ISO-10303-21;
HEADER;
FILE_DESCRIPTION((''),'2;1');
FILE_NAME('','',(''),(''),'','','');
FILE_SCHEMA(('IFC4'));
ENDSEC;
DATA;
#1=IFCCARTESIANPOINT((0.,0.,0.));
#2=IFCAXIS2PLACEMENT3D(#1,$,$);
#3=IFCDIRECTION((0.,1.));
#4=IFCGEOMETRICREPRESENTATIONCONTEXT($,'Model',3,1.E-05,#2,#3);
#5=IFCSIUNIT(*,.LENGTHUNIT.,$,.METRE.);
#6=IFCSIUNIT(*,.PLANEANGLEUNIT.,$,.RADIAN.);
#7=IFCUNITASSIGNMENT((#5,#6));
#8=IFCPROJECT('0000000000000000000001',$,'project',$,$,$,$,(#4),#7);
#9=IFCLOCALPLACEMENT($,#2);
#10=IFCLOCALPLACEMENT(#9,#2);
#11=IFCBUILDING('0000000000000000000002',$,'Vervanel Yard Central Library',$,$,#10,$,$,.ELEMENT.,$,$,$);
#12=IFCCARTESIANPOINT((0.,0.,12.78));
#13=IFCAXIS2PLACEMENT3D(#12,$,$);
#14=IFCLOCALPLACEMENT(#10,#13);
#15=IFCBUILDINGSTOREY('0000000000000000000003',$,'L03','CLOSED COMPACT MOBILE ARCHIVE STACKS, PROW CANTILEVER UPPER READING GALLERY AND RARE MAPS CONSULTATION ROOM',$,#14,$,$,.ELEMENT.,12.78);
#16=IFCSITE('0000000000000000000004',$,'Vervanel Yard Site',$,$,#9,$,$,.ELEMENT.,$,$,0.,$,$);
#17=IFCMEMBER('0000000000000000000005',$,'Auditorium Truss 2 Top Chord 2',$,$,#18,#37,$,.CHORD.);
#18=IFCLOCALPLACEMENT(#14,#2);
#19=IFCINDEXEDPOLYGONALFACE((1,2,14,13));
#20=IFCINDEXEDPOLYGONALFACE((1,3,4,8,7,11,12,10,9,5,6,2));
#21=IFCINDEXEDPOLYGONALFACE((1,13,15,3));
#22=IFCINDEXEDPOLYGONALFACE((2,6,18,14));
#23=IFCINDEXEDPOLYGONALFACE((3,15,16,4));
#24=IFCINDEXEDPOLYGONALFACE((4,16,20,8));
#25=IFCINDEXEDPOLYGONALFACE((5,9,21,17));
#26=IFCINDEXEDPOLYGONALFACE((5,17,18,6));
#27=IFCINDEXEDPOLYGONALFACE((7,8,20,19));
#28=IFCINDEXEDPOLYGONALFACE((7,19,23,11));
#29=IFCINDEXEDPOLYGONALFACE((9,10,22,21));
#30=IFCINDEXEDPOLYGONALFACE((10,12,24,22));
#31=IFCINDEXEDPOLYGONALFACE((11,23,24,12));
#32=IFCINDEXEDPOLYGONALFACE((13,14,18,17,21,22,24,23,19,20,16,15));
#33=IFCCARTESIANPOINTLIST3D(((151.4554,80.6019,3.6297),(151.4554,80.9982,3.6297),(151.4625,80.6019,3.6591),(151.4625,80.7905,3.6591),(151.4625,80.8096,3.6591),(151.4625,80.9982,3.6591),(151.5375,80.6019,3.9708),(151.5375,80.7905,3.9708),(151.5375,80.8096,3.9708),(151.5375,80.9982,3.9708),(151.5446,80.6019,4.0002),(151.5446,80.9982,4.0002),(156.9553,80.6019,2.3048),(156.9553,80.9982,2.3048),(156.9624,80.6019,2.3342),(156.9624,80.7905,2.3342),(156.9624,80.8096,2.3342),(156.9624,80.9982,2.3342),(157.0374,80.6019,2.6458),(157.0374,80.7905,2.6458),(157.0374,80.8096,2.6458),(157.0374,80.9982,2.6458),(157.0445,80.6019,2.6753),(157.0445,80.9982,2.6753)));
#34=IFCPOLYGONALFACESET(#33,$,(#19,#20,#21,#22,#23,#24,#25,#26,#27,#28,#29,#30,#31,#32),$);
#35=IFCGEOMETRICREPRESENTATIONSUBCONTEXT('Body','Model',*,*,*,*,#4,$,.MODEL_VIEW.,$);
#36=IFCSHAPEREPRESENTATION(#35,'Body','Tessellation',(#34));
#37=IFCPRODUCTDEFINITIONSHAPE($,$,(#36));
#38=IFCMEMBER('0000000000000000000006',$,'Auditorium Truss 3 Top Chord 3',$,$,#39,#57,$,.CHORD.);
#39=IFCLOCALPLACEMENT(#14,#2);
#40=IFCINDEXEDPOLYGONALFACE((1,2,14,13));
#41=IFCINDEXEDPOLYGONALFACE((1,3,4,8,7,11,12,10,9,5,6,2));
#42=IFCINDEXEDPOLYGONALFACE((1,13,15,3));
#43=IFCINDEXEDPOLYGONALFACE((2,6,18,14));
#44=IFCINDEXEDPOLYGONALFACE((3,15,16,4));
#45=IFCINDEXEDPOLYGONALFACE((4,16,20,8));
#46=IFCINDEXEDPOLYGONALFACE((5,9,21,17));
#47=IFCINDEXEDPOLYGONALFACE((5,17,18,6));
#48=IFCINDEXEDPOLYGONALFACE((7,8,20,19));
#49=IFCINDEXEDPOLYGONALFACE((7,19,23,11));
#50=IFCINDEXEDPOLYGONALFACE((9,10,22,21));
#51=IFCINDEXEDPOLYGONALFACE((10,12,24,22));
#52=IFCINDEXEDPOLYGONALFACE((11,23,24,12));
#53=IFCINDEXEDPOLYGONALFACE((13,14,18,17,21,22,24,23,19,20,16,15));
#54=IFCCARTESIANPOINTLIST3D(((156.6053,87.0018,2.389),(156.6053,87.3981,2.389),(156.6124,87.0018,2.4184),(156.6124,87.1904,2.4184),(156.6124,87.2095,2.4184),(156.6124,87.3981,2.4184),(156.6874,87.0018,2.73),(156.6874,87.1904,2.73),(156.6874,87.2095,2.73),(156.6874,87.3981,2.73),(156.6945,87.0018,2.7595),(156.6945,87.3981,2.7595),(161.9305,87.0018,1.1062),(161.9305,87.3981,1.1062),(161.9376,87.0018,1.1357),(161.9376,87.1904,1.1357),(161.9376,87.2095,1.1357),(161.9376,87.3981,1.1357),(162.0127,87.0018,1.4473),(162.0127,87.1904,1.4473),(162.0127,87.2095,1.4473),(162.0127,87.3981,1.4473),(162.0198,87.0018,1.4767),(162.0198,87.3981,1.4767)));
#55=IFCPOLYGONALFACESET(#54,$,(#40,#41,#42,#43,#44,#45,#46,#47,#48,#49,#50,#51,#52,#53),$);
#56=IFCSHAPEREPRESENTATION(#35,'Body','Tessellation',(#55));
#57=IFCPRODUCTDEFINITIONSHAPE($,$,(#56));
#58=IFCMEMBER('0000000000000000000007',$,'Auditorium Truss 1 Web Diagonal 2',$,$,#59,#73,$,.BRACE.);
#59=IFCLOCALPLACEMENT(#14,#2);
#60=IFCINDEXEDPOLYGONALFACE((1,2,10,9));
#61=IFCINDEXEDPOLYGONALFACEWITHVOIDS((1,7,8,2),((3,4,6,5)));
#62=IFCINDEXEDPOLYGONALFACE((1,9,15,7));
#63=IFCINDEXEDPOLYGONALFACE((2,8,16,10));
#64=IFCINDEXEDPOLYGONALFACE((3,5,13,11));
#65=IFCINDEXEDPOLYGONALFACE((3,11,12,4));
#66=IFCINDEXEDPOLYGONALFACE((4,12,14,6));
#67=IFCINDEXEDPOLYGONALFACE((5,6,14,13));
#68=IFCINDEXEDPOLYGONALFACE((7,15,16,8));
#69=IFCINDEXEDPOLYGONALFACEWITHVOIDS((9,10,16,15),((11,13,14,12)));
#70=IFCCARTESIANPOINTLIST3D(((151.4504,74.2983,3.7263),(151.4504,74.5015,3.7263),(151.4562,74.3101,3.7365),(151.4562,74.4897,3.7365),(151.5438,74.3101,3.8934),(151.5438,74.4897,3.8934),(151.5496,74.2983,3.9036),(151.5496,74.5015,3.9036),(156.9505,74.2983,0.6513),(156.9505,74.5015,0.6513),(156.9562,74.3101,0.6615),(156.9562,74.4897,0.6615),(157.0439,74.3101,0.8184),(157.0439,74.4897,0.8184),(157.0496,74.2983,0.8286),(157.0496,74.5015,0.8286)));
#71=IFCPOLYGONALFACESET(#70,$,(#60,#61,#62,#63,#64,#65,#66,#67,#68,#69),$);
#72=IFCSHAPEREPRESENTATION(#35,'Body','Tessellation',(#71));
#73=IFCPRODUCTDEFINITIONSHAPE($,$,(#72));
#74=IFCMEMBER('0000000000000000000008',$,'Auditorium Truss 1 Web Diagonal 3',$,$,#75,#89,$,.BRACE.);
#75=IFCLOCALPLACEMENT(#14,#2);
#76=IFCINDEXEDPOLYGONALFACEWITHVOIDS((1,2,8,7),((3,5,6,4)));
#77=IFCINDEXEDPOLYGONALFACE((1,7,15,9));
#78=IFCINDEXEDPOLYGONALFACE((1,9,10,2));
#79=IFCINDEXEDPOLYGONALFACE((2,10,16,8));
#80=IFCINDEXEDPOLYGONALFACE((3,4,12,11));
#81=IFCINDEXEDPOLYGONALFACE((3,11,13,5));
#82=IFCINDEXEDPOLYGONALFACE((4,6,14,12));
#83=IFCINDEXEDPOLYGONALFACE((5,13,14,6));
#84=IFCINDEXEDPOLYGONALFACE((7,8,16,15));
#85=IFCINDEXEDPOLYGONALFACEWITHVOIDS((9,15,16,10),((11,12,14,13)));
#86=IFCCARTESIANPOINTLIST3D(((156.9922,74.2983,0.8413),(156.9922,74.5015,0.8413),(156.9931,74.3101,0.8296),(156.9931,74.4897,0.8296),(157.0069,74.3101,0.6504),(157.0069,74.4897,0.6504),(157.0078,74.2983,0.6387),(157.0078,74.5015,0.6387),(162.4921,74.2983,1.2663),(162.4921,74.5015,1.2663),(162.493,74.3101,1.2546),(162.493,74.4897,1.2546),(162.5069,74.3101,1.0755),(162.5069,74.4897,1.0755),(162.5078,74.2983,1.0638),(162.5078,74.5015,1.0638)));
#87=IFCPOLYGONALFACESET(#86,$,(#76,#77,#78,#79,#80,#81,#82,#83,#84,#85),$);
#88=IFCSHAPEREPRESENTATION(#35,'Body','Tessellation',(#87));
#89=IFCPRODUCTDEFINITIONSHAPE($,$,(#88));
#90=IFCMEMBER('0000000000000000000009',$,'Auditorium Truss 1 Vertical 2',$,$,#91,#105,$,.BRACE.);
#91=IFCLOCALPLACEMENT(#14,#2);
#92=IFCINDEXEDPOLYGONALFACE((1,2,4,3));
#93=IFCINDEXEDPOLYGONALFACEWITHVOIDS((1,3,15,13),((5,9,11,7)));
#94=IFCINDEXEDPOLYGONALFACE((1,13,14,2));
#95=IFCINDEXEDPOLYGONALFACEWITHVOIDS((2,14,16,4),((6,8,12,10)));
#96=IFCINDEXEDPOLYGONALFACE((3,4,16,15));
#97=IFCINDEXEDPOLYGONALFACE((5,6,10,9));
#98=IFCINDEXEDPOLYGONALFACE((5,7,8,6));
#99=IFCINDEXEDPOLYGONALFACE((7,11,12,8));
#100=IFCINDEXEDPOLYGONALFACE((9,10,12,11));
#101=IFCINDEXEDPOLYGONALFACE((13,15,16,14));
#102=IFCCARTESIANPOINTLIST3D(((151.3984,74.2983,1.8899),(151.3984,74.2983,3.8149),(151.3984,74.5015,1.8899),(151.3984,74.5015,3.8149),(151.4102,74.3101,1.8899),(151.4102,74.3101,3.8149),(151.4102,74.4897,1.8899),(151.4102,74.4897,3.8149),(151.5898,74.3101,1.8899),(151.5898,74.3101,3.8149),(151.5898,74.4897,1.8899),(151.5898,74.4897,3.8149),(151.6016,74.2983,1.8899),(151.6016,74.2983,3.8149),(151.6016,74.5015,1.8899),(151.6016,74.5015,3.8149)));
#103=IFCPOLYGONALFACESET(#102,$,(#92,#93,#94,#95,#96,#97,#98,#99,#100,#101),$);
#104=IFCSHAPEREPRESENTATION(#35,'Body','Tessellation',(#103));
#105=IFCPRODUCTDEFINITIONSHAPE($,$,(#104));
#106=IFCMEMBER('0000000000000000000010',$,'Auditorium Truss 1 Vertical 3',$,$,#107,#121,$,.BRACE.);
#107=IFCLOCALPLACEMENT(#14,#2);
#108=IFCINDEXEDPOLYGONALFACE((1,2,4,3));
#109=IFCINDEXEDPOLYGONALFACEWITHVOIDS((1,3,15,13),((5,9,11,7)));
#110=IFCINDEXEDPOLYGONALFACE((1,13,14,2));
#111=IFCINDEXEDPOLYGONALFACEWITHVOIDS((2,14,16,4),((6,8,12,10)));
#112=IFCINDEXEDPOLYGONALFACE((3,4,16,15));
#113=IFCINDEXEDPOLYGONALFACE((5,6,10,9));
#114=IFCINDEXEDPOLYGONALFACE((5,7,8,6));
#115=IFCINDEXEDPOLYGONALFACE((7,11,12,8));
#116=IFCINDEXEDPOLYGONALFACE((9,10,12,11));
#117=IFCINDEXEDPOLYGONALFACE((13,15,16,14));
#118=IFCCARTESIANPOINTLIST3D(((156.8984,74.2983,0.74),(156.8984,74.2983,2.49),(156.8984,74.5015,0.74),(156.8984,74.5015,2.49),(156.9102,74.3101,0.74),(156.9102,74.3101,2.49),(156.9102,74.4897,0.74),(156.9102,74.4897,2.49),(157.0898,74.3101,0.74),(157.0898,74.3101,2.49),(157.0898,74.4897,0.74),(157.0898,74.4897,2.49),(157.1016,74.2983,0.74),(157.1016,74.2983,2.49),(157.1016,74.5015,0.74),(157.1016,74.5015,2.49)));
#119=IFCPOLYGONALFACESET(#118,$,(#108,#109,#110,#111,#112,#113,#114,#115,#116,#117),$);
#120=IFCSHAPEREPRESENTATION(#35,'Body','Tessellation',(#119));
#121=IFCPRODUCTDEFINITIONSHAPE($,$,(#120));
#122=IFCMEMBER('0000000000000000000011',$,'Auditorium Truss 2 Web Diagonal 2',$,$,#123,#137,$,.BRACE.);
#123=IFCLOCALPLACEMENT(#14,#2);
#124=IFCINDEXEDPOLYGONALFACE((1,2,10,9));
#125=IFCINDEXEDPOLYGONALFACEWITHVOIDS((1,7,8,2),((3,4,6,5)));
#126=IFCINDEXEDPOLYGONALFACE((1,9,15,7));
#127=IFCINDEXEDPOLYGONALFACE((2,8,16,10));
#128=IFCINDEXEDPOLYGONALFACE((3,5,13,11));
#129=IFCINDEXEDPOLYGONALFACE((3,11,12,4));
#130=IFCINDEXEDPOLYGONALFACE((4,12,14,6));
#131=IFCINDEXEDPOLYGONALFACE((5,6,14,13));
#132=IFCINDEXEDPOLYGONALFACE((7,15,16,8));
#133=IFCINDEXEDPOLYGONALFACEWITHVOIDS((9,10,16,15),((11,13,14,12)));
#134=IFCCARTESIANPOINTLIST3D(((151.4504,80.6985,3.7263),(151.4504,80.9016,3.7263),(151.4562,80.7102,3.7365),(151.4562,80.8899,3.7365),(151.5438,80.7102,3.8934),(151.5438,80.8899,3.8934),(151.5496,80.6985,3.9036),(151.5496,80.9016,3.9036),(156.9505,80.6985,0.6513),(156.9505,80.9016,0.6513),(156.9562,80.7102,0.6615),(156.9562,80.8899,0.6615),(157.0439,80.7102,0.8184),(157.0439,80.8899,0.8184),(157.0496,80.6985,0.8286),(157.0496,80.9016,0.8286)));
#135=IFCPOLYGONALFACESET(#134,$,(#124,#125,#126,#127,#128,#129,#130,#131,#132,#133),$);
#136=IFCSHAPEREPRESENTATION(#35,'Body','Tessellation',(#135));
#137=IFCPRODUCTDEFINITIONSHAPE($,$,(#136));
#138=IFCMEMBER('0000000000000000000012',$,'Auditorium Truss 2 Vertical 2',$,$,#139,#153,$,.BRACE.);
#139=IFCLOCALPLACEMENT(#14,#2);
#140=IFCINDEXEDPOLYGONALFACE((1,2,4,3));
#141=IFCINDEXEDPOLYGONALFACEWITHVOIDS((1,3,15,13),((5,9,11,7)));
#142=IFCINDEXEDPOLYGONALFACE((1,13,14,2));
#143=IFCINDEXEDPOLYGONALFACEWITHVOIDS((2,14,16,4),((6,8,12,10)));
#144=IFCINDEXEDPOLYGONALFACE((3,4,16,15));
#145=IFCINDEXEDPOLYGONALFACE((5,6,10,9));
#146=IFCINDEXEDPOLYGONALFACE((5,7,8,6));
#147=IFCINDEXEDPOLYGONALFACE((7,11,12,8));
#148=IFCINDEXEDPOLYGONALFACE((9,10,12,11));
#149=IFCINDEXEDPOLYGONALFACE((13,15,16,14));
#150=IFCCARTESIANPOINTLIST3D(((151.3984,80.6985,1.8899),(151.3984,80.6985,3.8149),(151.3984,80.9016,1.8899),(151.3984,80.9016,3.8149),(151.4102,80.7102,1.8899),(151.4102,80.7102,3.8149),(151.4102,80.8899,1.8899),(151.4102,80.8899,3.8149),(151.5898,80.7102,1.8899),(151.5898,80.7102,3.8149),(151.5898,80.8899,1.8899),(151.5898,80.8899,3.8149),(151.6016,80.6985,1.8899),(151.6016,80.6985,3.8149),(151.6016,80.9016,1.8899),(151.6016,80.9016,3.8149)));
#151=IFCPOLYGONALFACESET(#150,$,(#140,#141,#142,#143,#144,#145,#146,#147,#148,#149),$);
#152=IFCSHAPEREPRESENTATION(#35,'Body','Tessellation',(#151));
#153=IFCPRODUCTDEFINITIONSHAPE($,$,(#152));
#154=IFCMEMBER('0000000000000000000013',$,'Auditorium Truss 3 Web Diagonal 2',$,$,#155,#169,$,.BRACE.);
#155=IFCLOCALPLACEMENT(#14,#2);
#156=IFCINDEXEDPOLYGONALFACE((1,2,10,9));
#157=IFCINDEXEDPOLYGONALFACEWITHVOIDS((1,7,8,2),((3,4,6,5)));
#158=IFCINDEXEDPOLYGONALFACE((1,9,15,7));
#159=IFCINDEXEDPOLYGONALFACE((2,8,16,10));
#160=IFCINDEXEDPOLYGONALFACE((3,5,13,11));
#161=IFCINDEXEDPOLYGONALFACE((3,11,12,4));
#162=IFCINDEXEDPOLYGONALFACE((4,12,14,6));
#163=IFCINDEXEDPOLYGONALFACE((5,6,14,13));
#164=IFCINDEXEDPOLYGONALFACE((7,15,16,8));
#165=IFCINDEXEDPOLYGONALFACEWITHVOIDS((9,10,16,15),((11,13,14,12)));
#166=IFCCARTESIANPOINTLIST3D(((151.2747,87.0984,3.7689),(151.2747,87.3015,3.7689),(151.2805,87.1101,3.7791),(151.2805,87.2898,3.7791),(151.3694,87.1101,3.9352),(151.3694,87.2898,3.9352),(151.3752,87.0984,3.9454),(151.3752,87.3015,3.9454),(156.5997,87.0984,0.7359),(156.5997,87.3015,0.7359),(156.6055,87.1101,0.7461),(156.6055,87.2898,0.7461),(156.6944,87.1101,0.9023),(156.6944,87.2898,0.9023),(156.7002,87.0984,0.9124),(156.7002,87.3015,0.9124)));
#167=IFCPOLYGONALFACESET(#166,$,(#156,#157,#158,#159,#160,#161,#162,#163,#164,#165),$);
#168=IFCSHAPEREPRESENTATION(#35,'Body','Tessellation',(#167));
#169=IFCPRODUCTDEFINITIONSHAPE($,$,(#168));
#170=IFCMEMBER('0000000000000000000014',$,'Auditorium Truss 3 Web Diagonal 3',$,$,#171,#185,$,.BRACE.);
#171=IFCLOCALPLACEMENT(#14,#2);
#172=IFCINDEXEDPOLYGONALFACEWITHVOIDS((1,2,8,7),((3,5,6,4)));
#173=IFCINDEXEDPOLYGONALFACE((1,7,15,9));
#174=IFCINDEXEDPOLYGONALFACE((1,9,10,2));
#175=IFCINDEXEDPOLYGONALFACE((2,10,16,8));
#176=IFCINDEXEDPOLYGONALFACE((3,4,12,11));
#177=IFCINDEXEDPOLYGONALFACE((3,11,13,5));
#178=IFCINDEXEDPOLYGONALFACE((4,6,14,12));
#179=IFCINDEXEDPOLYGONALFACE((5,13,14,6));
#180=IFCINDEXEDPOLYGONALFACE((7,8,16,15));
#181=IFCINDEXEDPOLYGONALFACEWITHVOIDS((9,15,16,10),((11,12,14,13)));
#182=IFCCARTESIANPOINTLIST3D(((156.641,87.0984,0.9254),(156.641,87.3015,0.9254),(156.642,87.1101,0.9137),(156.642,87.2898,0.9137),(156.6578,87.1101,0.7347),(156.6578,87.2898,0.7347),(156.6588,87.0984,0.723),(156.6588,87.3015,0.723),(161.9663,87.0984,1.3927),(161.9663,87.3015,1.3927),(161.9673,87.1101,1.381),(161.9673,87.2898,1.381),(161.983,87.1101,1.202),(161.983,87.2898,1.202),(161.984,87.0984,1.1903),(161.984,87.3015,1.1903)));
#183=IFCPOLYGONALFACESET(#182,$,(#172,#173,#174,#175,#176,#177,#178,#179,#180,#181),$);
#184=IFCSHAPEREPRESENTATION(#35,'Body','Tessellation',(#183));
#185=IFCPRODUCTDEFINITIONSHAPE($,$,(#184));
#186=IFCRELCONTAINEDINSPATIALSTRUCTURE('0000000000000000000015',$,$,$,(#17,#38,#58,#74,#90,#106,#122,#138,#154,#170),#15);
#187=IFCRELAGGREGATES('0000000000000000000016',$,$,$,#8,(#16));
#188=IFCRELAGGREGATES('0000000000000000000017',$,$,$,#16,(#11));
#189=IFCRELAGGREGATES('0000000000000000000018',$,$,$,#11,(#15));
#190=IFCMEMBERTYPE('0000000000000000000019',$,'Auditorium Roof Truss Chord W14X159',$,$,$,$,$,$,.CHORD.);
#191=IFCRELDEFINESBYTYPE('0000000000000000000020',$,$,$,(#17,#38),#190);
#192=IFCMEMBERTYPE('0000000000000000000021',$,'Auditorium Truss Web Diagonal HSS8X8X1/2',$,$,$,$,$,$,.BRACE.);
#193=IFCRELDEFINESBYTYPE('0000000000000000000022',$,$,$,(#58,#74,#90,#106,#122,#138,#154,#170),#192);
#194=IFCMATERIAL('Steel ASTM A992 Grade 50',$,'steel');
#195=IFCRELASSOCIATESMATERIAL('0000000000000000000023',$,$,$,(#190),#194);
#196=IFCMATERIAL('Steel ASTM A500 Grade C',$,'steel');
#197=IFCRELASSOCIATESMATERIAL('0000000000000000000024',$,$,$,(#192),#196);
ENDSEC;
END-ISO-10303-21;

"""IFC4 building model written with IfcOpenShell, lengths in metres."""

from ifc_helpers import new_model, si_unit, direction, frame, origin, origin_2d, place, context, subcontext, project, spatial, hollow_rectangle, i_section, extrude, material, material_profile, profile_set, type_object, element, save


model = new_model("IFC4")

# Units and contexts
model_context = context("Model", 3, precision=1e-05, world=origin(), true_north=direction((0.0, 1.0)))
body_context = subcontext(model_context, "Body", "Model", "MODEL_VIEW")
ifc_project = project(units=[si_unit("LENGTHUNIT", "METRE"), si_unit("PLANEANGLEUNIT", "RADIAN")], contexts=[model_context])

# Site, building, storey
site_placement = place(None, origin())
site = spatial("IfcSite", under=ifc_project, at=site_placement, Name="Vervanel Yard Site", CompositionType="ELEMENT", RefElevation=0.0)
building_placement = place(site_placement, origin())
building = spatial("IfcBuilding", under=site, at=building_placement, Name="Vervanel Yard Central Library", CompositionType="ELEMENT")
storey_placement = place(building_placement, frame((0.0, 0.0, 12.78)))
storey = spatial("IfcBuildingStorey", under=building, at=storey_placement, Name="L03", Description="CLOSED COMPACT MOBILE ARCHIVE STACKS, PROW CANTILEVER UPPER READING GALLERY AND RARE MAPS CONSULTATION ROOM", CompositionType="ELEMENT", Elevation=12.78)

# Members
ifc_material_1 = material(Name="Steel ASTM A992 Grade 50", Category="steel")
ifc_material_profile_1 = material_profile(ifc_material_1, i_section(OverallWidth=0.3962, OverallDepth=0.3811, WebThickness=0.019, FlangeThickness=0.0303, at=origin_2d()), Name="W14X159", Category="steel")
ifc_profile_set_1 = profile_set([ifc_material_profile_1], Name="Steel ASTM A992 Grade 50")
member_type_1 = type_object("IfcMemberType", Name="Auditorium Roof Truss Chord W14X159", PredefinedType="CHORD", material=ifc_profile_set_1)
for number, where, z_axis, x_axis, name in (
    (1, (151.5, 80.8, 3.8149), (0.972188, 0.0, -0.2342), (0.0, 1.0, 0.0), "Auditorium Truss 2 Top Chord 2"),
):
    element("IfcMember", number, at=place(storey_placement, frame(where, z_axis=z_axis, x_axis=x_axis)), inside=storey, type_object=member_type_1, Name=name, PredefinedType="CHORD", context=body_context, shape_type="SweptSolid", body=[
        extrude(i_section(OverallWidth=0.3962, OverallDepth=0.3811, WebThickness=0.019, FlangeThickness=0.0303, at=origin_2d()), origin(), (0.0, 0.0, 1.0), 5.6572),
    ])
member_1_placement = place(storey_placement, frame((156.6499, 87.2, 2.5742), z_axis=(0.972194, 0.0, -0.234179), x_axis=(0.0, 1.0, 0.0)))
element("IfcMember", 2, at=member_1_placement, inside=storey, type_object=member_type_1, Name="Auditorium Truss 3 Top Chord 3", PredefinedType="CHORD", context=body_context, shape_type="SweptSolid", body=[
    extrude(i_section(OverallWidth=0.3962, OverallDepth=0.3811, WebThickness=0.019, FlangeThickness=0.0303, at=origin_2d()), origin(), (0.0, 0.0, 1.0), 5.4775),
])
ifc_material_2 = material(Name="Steel ASTM A500 Grade C", Category="steel")
ifc_material_profile_2 = material_profile(ifc_material_2, hollow_rectangle(XDim=0.2031, YDim=0.2031, WallThickness=0.0117, at=origin_2d()), Name="HSS8X8X1/2", Category="steel")
ifc_profile_set_2 = profile_set([ifc_material_profile_2], Name="Steel ASTM A500 Grade C")
member_type_2 = type_object("IfcMemberType", Name="Auditorium Truss Web Diagonal HSS8X8X1/2", PredefinedType="BRACE", material=ifc_profile_set_2)
member_2_placement = place(storey_placement, frame((151.5, 74.3999, 3.8149), z_axis=(0.872847, 0.0, -0.487993), x_axis=(0.0, 1.0, 0.0)))
element("IfcMember", 3, at=member_2_placement, inside=storey, type_object=member_type_2, Name="Auditorium Truss 1 Web Diagonal 2", PredefinedType="BRACE", context=body_context, shape_type="SweptSolid", body=[
    extrude(hollow_rectangle(XDim=0.2031, YDim=0.2031, WallThickness=0.0117, at=origin_2d()), origin(), (0.0, 0.0, 1.0), 6.3013),
])
member_3_placement = place(storey_placement, frame((157.0, 74.3999, 0.74), z_axis=(0.997027, 0.0, 0.077052), x_axis=(0.0, 1.0, 0.0)))
element("IfcMember", 4, at=member_3_placement, inside=storey, type_object=member_type_2, Name="Auditorium Truss 1 Web Diagonal 3", PredefinedType="BRACE", context=body_context, shape_type="SweptSolid", body=[
    extrude(hollow_rectangle(XDim=0.2031, YDim=0.2031, WallThickness=0.0117, at=origin_2d()), origin(), (0.0, 0.0, 1.0), 5.5164),
])
member_4_placement = place(storey_placement, frame((151.5, 74.3999, 1.8899), z_axis=(0.0, 0.0, 1.0), x_axis=(1.0, 0.0, 0.0)))
element("IfcMember", 5, at=member_4_placement, inside=storey, type_object=member_type_2, Name="Auditorium Truss 1 Vertical 2", PredefinedType="BRACE", context=body_context, shape_type="SweptSolid", body=[
    extrude(hollow_rectangle(XDim=0.2031, YDim=0.2031, WallThickness=0.0117, at=origin_2d()), origin(), (0.0, 0.0, 1.0), 1.925),
])
member_5_placement = place(storey_placement, frame((157.0, 74.3999, 0.74), z_axis=(0.0, 0.0, 1.0), x_axis=(1.0, 0.0, 0.0)))
element("IfcMember", 6, at=member_5_placement, inside=storey, type_object=member_type_2, Name="Auditorium Truss 1 Vertical 3", PredefinedType="BRACE", context=body_context, shape_type="SweptSolid", body=[
    extrude(hollow_rectangle(XDim=0.2031, YDim=0.2031, WallThickness=0.0117, at=origin_2d()), origin(), (0.0, 0.0, 1.0), 1.75),
])
member_6_placement = place(storey_placement, frame((151.5, 80.8, 3.8149), z_axis=(0.872847, 0.0, -0.487993), x_axis=(0.0, 1.0, 0.0)))
element("IfcMember", 7, at=member_6_placement, inside=storey, type_object=member_type_2, Name="Auditorium Truss 2 Web Diagonal 2", PredefinedType="BRACE", context=body_context, shape_type="SweptSolid", body=[
    extrude(hollow_rectangle(XDim=0.2031, YDim=0.2031, WallThickness=0.0117, at=origin_2d()), origin(), (0.0, 0.0, 1.0), 6.3013),
])
member_7_placement = place(storey_placement, frame((151.5, 80.8, 1.8899), z_axis=(0.0, 0.0, 1.0), x_axis=(1.0, 0.0, 0.0)))
element("IfcMember", 8, at=member_7_placement, inside=storey, type_object=member_type_2, Name="Auditorium Truss 2 Vertical 2", PredefinedType="BRACE", context=body_context, shape_type="SweptSolid", body=[
    extrude(hollow_rectangle(XDim=0.2031, YDim=0.2031, WallThickness=0.0117, at=origin_2d()), origin(), (0.0, 0.0, 1.0), 1.925),
])
member_8_placement = place(storey_placement, frame((151.325, 87.2, 3.8572), z_axis=(0.868936, 0.0, -0.494924), x_axis=(0.0, 1.0, 0.0)))
element("IfcMember", 9, at=member_8_placement, inside=storey, type_object=member_type_2, Name="Auditorium Truss 3 Web Diagonal 2", PredefinedType="BRACE", context=body_context, shape_type="SweptSolid", body=[
    extrude(hollow_rectangle(XDim=0.2031, YDim=0.2031, WallThickness=0.0117, at=origin_2d()), origin(), (0.0, 0.0, 1.0), 6.1282),
])
member_9_placement = place(storey_placement, frame((156.6499, 87.2, 0.8242), z_axis=(0.996172, 0.0, 0.087414), x_axis=(0.0, 1.0, 0.0)))
element("IfcMember", 10, at=member_9_placement, inside=storey, type_object=member_type_2, Name="Auditorium Truss 3 Web Diagonal 3", PredefinedType="BRACE", context=body_context, shape_type="SweptSolid", body=[
    extrude(hollow_rectangle(XDim=0.2031, YDim=0.2031, WallThickness=0.0117, at=origin_2d()), origin(), (0.0, 0.0, 1.0), 5.3457),
])

save(model, "model.ifc")
